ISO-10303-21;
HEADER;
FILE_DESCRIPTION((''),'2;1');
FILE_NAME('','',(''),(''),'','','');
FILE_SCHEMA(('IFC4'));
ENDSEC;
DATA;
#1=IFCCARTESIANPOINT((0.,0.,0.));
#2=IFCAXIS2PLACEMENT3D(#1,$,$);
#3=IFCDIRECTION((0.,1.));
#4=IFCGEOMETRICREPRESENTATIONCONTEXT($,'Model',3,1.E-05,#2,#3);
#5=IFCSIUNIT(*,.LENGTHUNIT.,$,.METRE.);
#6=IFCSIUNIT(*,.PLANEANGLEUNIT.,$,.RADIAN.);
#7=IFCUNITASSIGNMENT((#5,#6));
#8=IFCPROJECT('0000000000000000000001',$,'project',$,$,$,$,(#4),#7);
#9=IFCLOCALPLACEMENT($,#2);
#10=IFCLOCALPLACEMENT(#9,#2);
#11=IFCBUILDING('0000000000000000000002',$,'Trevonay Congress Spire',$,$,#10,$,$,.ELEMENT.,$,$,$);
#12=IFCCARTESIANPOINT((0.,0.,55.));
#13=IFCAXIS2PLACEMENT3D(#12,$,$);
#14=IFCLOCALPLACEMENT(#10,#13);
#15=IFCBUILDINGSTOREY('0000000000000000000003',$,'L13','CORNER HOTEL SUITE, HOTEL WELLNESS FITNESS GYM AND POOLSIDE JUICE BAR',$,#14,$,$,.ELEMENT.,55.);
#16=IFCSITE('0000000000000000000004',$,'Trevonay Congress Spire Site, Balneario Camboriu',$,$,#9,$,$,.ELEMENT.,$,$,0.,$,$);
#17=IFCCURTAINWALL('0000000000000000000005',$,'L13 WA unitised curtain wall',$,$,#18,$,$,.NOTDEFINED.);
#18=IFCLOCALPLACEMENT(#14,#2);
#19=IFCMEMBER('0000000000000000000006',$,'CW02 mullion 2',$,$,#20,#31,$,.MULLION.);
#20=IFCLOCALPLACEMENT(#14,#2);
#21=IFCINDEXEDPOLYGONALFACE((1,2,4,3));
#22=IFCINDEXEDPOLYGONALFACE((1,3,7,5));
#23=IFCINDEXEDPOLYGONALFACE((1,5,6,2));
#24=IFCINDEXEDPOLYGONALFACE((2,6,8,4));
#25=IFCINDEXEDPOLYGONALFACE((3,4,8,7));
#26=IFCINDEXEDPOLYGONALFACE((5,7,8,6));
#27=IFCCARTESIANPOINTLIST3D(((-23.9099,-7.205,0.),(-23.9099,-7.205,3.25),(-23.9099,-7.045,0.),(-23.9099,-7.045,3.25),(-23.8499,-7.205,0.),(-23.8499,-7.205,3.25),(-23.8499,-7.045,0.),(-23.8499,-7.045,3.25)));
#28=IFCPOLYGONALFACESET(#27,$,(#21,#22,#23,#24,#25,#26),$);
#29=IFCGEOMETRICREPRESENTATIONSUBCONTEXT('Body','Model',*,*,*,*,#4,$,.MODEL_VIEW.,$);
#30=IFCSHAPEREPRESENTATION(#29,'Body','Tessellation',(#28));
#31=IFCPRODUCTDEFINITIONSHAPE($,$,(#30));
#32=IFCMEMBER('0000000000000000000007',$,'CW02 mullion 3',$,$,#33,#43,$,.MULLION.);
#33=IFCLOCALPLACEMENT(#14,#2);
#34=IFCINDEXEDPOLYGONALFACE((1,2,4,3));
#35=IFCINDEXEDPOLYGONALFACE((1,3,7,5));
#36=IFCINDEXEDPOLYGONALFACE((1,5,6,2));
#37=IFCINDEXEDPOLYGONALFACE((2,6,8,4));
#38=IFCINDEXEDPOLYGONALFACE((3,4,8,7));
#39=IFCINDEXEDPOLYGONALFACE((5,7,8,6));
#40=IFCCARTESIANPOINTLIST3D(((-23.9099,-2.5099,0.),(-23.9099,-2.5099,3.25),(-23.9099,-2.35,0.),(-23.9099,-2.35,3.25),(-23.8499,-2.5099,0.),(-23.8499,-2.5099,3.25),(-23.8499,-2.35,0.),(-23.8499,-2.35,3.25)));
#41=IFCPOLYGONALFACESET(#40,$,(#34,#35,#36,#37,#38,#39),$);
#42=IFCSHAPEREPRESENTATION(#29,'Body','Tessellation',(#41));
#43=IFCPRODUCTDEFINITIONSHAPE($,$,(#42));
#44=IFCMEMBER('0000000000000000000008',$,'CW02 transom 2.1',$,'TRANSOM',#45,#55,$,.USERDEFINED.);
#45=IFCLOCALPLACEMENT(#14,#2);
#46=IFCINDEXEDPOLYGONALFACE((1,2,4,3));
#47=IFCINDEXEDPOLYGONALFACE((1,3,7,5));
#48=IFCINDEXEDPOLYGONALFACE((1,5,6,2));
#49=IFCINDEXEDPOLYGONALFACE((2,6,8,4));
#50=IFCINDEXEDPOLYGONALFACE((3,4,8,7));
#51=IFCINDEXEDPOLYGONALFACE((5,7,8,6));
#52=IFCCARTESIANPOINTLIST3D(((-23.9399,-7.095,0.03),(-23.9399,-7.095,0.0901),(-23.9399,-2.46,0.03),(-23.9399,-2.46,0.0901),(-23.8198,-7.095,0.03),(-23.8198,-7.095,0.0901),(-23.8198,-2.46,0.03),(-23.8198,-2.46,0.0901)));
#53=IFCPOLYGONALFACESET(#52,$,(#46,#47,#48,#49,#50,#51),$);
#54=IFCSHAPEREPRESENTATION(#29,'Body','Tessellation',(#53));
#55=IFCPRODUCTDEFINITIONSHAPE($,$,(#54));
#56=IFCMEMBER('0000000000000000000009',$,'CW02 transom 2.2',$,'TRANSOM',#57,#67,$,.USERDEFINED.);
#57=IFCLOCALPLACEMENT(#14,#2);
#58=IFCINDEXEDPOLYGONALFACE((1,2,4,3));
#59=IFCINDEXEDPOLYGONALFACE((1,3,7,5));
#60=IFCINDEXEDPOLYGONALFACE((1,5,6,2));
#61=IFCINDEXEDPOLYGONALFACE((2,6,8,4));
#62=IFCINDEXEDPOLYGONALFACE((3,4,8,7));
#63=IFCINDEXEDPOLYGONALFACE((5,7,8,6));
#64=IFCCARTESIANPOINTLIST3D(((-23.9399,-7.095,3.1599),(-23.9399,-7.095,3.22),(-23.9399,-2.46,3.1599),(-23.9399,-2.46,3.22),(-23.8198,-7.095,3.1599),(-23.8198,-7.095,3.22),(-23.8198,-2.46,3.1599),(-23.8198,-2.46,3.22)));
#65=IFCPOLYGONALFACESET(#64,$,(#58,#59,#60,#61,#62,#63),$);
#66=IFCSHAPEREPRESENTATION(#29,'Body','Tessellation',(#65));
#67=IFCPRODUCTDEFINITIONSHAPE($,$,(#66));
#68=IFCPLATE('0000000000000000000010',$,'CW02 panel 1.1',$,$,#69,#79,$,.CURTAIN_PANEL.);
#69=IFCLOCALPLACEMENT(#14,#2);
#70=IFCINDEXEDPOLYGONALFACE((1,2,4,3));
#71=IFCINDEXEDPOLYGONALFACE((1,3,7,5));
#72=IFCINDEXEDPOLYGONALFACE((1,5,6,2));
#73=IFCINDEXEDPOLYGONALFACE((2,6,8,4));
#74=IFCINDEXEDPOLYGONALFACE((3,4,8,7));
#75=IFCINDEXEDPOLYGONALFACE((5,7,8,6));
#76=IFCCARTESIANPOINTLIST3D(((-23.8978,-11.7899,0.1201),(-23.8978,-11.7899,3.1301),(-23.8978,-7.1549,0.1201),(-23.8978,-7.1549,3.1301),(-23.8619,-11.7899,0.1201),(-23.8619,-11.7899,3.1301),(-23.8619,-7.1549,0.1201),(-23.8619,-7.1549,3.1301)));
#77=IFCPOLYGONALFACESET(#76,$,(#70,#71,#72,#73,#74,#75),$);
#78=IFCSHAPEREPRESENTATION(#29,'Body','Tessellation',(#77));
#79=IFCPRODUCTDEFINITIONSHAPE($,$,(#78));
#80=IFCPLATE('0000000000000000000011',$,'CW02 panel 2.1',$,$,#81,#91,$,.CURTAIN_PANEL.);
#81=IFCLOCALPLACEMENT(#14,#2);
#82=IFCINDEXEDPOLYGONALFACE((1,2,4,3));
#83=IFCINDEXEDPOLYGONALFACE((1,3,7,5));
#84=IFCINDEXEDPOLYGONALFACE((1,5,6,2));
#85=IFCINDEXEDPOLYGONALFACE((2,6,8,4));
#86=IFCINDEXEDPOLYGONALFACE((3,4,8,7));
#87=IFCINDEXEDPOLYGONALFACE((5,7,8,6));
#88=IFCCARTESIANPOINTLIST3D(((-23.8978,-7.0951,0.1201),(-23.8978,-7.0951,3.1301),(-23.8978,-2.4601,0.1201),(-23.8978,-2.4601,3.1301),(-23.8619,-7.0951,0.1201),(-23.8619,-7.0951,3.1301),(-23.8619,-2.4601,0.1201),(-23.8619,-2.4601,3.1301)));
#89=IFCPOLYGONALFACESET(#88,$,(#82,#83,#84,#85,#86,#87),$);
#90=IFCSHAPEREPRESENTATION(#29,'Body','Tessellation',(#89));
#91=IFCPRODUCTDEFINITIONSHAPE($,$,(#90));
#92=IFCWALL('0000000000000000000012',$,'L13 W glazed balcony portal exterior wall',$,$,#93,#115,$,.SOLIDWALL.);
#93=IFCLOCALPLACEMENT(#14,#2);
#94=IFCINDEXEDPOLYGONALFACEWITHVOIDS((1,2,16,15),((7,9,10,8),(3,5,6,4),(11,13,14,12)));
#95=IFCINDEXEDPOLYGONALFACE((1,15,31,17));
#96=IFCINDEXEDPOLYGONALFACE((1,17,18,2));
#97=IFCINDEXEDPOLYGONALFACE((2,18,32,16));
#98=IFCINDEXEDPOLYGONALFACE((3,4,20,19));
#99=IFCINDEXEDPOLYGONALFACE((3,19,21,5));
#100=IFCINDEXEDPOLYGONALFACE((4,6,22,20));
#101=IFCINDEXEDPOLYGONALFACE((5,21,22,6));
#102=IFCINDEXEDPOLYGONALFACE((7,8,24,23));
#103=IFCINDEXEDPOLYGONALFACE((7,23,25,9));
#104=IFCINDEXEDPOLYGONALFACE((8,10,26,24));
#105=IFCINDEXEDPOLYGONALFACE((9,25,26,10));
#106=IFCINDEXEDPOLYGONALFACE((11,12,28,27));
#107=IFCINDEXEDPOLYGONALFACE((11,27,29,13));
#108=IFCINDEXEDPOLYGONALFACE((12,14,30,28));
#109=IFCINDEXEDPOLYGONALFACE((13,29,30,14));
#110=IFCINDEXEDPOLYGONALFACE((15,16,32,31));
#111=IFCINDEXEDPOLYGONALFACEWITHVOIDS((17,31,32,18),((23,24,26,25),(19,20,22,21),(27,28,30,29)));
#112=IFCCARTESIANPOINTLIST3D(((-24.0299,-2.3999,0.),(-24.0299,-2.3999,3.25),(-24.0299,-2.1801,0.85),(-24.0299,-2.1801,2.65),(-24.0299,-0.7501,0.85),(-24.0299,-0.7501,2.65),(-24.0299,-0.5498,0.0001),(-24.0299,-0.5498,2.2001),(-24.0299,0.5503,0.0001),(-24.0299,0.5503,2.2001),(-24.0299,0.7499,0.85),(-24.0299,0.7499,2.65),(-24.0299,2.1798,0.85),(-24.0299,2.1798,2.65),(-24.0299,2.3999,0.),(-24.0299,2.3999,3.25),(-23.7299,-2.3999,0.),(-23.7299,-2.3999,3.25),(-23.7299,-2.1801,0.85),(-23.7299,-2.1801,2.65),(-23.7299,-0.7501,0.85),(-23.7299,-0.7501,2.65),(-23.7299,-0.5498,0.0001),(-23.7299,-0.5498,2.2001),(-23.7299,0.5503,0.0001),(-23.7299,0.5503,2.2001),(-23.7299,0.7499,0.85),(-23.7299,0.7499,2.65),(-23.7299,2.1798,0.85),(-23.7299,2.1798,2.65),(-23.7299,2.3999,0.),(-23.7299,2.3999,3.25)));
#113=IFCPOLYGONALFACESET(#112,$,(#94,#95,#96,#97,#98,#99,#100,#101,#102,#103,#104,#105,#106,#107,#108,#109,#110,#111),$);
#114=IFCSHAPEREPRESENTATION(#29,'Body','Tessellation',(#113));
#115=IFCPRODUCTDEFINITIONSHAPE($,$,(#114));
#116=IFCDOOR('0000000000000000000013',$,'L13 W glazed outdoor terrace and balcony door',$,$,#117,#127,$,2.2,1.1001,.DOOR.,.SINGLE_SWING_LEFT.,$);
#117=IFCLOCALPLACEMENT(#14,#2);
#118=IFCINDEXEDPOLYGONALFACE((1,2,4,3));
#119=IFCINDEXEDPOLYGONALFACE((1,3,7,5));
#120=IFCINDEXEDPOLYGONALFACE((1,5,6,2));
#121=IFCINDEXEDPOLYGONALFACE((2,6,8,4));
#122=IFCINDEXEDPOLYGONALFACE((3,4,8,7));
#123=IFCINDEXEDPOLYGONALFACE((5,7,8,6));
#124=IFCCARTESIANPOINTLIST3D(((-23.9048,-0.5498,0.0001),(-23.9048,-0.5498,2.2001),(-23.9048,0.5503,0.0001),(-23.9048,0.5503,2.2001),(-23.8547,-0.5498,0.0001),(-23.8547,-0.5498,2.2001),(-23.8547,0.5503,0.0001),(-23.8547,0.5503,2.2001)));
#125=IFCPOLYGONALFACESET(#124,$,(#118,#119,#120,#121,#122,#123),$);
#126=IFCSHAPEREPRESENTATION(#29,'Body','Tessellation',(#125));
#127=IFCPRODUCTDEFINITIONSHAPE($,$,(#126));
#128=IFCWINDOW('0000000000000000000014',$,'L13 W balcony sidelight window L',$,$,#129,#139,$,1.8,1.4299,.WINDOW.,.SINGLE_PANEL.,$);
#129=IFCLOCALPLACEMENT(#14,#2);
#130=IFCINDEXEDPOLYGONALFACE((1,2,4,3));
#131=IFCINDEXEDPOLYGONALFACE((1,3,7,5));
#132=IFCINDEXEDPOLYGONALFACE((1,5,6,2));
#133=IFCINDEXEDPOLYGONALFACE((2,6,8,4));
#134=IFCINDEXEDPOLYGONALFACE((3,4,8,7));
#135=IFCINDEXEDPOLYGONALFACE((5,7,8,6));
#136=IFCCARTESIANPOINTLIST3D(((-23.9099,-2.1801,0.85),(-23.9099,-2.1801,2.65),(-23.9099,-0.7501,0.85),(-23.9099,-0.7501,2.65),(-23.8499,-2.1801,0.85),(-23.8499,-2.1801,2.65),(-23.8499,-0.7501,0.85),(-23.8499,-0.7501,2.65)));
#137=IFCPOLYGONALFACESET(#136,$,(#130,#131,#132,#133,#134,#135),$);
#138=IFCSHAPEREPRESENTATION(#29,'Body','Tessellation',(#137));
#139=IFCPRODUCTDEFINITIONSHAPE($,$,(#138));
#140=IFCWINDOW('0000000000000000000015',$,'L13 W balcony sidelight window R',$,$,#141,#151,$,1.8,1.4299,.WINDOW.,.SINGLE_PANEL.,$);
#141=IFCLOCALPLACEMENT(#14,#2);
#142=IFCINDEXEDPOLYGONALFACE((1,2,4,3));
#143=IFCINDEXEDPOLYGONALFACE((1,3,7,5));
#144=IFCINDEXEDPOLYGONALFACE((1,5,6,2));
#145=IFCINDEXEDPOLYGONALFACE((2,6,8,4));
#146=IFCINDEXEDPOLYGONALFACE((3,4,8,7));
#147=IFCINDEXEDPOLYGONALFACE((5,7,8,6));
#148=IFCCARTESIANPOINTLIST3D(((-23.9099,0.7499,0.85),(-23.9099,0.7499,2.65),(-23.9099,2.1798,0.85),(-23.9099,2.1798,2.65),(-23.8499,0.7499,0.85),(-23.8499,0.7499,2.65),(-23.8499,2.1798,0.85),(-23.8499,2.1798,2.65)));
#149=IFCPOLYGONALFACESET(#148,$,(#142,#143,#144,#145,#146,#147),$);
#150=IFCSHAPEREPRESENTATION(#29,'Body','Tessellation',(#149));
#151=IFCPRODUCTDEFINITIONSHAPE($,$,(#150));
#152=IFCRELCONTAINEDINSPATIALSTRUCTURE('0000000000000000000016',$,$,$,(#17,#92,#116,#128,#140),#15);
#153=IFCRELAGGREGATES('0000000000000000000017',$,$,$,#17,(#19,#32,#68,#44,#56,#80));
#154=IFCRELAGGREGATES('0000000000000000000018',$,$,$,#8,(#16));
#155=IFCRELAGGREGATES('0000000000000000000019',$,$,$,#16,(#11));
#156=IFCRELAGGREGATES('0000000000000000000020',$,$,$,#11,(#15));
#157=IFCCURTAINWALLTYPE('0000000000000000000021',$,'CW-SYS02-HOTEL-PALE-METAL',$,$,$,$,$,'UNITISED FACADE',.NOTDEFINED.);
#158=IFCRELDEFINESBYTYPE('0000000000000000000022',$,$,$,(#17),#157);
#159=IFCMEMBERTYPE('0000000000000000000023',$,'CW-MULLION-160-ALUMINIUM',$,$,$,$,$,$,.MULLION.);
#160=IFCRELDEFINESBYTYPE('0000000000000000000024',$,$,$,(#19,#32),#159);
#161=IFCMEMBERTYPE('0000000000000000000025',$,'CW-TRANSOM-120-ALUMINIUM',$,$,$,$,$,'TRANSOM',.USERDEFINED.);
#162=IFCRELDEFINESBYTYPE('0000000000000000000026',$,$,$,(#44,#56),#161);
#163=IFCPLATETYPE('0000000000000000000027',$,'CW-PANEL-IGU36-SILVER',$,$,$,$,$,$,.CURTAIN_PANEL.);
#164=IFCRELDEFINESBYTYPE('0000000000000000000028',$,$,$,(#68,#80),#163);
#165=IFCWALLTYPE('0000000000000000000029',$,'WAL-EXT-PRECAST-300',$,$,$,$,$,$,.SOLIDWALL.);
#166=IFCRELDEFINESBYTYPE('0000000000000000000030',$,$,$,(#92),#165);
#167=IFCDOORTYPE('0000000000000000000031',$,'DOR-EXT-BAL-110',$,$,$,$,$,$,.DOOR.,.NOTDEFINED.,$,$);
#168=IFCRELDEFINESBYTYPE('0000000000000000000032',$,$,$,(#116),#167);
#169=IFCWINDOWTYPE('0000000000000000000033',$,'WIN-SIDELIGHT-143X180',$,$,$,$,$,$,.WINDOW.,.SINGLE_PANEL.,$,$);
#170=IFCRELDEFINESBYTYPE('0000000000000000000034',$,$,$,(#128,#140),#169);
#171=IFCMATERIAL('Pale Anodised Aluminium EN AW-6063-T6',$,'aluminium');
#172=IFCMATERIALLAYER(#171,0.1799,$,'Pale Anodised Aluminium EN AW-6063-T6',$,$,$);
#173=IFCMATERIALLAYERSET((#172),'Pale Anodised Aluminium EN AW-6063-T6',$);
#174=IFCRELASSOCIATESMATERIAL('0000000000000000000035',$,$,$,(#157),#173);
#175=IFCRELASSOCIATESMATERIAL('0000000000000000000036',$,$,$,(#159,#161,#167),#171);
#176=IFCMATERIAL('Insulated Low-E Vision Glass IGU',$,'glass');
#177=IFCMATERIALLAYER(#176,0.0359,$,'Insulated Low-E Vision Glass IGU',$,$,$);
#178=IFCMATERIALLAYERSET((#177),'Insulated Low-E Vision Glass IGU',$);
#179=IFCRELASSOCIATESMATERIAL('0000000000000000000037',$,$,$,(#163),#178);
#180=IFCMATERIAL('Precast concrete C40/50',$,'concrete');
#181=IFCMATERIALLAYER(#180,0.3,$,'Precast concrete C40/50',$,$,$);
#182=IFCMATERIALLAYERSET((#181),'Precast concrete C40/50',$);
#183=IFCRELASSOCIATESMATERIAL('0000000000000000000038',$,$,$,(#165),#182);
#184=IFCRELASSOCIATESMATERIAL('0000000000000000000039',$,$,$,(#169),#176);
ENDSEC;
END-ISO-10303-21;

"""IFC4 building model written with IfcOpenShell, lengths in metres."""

from ifc_helpers import new_model, si_unit, direction, frame, frame_2d, origin, origin_2d, place, context, subcontext, project, spatial, rectangle, extrude, material, layer, layer_set, material_profile, profile_set, type_object, element, fill, aggregate, save


model = new_model("IFC4")

# Units and contexts
model_context = context("Model", 3, precision=1e-05, world=origin(), true_north=direction((0.0, 1.0)))
body_context = subcontext(model_context, "Body", "Model", "MODEL_VIEW")
ifc_project = project(units=[si_unit("LENGTHUNIT", "METRE"), si_unit("PLANEANGLEUNIT", "RADIAN")], contexts=[model_context])

# Site, building, storey
site_placement = place(None, origin())
site = spatial("IfcSite", under=ifc_project, at=site_placement, Name="Trevonay Congress Spire Site, Balneario Camboriu", CompositionType="ELEMENT", RefElevation=0.0)
building_placement = place(site_placement, origin())
building = spatial("IfcBuilding", under=site, at=building_placement, Name="Trevonay Congress Spire", CompositionType="ELEMENT")
storey_placement = place(building_placement, frame((0.0, 0.0, 55.0)))
storey = spatial("IfcBuildingStorey", under=building, at=storey_placement, Name="L13", Description="CORNER HOTEL SUITE, HOTEL WELLNESS FITNESS GYM AND POOLSIDE JUICE BAR", CompositionType="ELEMENT", Elevation=55.0)

# Curtain wall, members, plates
ifc_material_1 = material(Name="Pale Anodised Aluminium EN AW-6063-T6", Category="aluminium")
ifc_layer_1 = layer(ifc_material_1, 0.1799, Name="Pale Anodised Aluminium EN AW-6063-T6")
ifc_layer_set_1 = layer_set([ifc_layer_1], Name="Pale Anodised Aluminium EN AW-6063-T6")
curtain_wall_type = type_object("IfcCurtainWallType", Name="CW-SYS02-HOTEL-PALE-METAL", ElementType="UNITISED FACADE", PredefinedType="NOTDEFINED", material=ifc_layer_set_1)
curtain_wall_placement = place(storey_placement, origin())
curtain_wall = element("IfcCurtainWall", 1, at=curtain_wall_placement, inside=storey, type_object=curtain_wall_type, Name="L13 WA unitised curtain wall", PredefinedType="NOTDEFINED")
ifc_material_profile_1 = material_profile(ifc_material_1, rectangle(XDim=0.0601, YDim=0.1599, at=origin_2d()), Name="CW-MULLION-160-ALUMINIUM")
ifc_profile_set_1 = profile_set([ifc_material_profile_1], Name="Pale Anodised Aluminium EN AW-6063-T6")
member_type_1 = type_object("IfcMemberType", Name="CW-MULLION-160-ALUMINIUM", PredefinedType="MULLION", material=ifc_profile_set_1)
member_1_placement = place(storey_placement, frame((-23.8799, -7.125, 0.0), z_axis=(0.0, 0.0, 1.0), x_axis=(-1.0, 0.0, 0.0)))
member_1 = element("IfcMember", 2, at=member_1_placement, type_object=member_type_1, Name="CW02 mullion 2", PredefinedType="MULLION", context=body_context, shape_type="SweptSolid", body=[
    extrude(rectangle(XDim=0.0601, YDim=0.1599, at=origin_2d()), origin(), (0.0, 0.0, 1.0), 3.25),
])
member_2_placement = place(storey_placement, frame((-23.8799, -2.4299, 0.0), z_axis=(0.0, 0.0, 1.0), x_axis=(-1.0, 0.0, 0.0)))
member_2 = element("IfcMember", 3, at=member_2_placement, type_object=member_type_1, Name="CW02 mullion 3", PredefinedType="MULLION", context=body_context, shape_type="SweptSolid", body=[
    extrude(rectangle(XDim=0.0601, YDim=0.1599, at=origin_2d()), origin(), (0.0, 0.0, 1.0), 3.25),
])
ifc_material_profile_2 = material_profile(ifc_material_1, rectangle(XDim=0.1201, YDim=0.0601, at=origin_2d()), Name="CW-TRANSOM-120-ALUMINIUM")
ifc_profile_set_2 = profile_set([ifc_material_profile_2], Name="Pale Anodised Aluminium EN AW-6063-T6")
member_type_2 = type_object("IfcMemberType", Name="CW-TRANSOM-120-ALUMINIUM", ElementType="TRANSOM", PredefinedType="USERDEFINED", material=ifc_profile_set_2)
member_3_placement = place(storey_placement, frame((-23.8799, -7.095, 0.0601), z_axis=(0.0, 1.0, 0.0), x_axis=(-1.0, 0.0, 0.0)))
member_3 = element("IfcMember", 4, at=member_3_placement, type_object=member_type_2, Name="CW02 transom 2.1", ObjectType="TRANSOM", PredefinedType="USERDEFINED", context=body_context, shape_type="SweptSolid", body=[
    extrude(rectangle(XDim=0.1201, YDim=0.0601, at=origin_2d()), origin(), (0.0, 0.0, 1.0), 4.635),
])
member_4_placement = place(storey_placement, frame((-23.8799, -7.095, 3.1899), z_axis=(0.0, 1.0, 0.0), x_axis=(-1.0, 0.0, 0.0)))
member_4 = element("IfcMember", 5, at=member_4_placement, type_object=member_type_2, Name="CW02 transom 2.2", ObjectType="TRANSOM", PredefinedType="USERDEFINED", context=body_context, shape_type="SweptSolid", body=[
    extrude(rectangle(XDim=0.1201, YDim=0.0601, at=origin_2d()), origin(), (0.0, 0.0, 1.0), 4.635),
])
ifc_material_2 = material(Name="Insulated Low-E Vision Glass IGU", Category="glass")
ifc_layer_2 = layer(ifc_material_2, 0.0359, Name="Insulated Low-E Vision Glass IGU")
ifc_layer_set_2 = layer_set([ifc_layer_2], Name="Insulated Low-E Vision Glass IGU")
plate_type = type_object("IfcPlateType", Name="CW-PANEL-IGU36-SILVER", PredefinedType="CURTAIN_PANEL", material=ifc_layer_set_2)
plate_1_placement = place(storey_placement, frame((-23.8799, -9.4724, 0.1201), z_axis=(0.0, 0.0, 1.0), x_axis=(0.0, 1.0, 0.0)))
plate_1 = element("IfcPlate", 6, at=plate_1_placement, type_object=plate_type, Name="CW02 panel 1.1", PredefinedType="CURTAIN_PANEL", context=body_context, shape_type="SweptSolid", body=[
    extrude(rectangle(XDim=4.635, YDim=0.0359, at=origin_2d()), origin(), (0.0, 0.0, 1.0), 3.01),
])
plate_2_placement = place(storey_placement, frame((-23.8799, -4.7776, 0.1201), z_axis=(0.0, 0.0, 1.0), x_axis=(0.0, 1.0, 0.0)))
plate_2 = element("IfcPlate", 7, at=plate_2_placement, type_object=plate_type, Name="CW02 panel 2.1", PredefinedType="CURTAIN_PANEL", context=body_context, shape_type="SweptSolid", body=[
    extrude(rectangle(XDim=4.635, YDim=0.0359, at=origin_2d()), origin(), (0.0, 0.0, 1.0), 3.01),
])
aggregate(curtain_wall, [member_1, member_2, plate_1, member_3, member_4, plate_2])

# Wall, openings, door, windows
ifc_material_3 = material(Name="Precast concrete C40/50", Category="concrete")
ifc_layer_3 = layer(ifc_material_3, 0.3, Name="Precast concrete C40/50")
ifc_layer_set_3 = layer_set([ifc_layer_3], Name="Precast concrete C40/50")
wall_type = type_object("IfcWallType", Name="WAL-EXT-PRECAST-300", PredefinedType="SOLIDWALL", material=ifc_layer_set_3)
wall_placement = place(storey_placement, frame((-23.8799, -2.3999, 0.0), z_axis=(0.0, 0.0, 1.0), x_axis=(0.0, 1.0, 0.0)))
wall = element("IfcWall", 8, at=wall_placement, inside=storey, type_object=wall_type, Name="L13 W glazed balcony portal exterior wall", PredefinedType="SOLIDWALL", context=body_context, shape_type="SweptSolid", body=[
    extrude(rectangle(XDim=4.7998, YDim=0.3, at=frame_2d((2.3999, 0.0))), origin(), (0.0, 0.0, 1.0), 3.25),
])
opening_1_placement = place(wall_placement, frame((1.8501, 0.0, 0.0)))
opening_1 = element("IfcOpeningElement", 9, at=opening_1_placement, cuts=wall, PredefinedType="OPENING", context=body_context, shape_type="SweptSolid", body=[
    extrude(rectangle(XDim=1.1001, YDim=2.2, at=frame_2d((0.55, 1.1001))), frame((0.0, 0.1602, 0.0), z_axis=(0.0, -1.0, 0.0), x_axis=(1.0, 0.0, 0.0)), (0.0, 0.0, 1.0), 0.3201),
])
opening_2_placement = place(wall_placement, frame((0.22, 0.0, 0.8501)))
opening_2 = element("IfcOpeningElement", 10, at=opening_2_placement, cuts=wall, PredefinedType="OPENING", context=body_context, shape_type="SweptSolid", body=[
    extrude(rectangle(XDim=1.4299, YDim=1.8, at=frame_2d((0.7148, 0.8999))), frame((0.0, 0.1602, 0.0), z_axis=(0.0, -1.0, 0.0), x_axis=(1.0, 0.0, 0.0)), (0.0, 0.0, 1.0), 0.3201),
])
opening_3_placement = place(wall_placement, frame((3.1499, 0.0, 0.8501)))
opening_3 = element("IfcOpeningElement", 11, at=opening_3_placement, cuts=wall, PredefinedType="OPENING", context=body_context, shape_type="SweptSolid", body=[
    extrude(rectangle(XDim=1.4299, YDim=1.8, at=frame_2d((0.7148, 0.8999))), frame((0.0, 0.1602, 0.0), z_axis=(0.0, -1.0, 0.0), x_axis=(1.0, 0.0, 0.0)), (0.0, 0.0, 1.0), 0.3201),
])
door_type = type_object("IfcDoorType", Name="DOR-EXT-BAL-110", OperationType="NOTDEFINED", PredefinedType="DOOR", material=ifc_material_1)
door_placement = place(opening_1_placement, origin())
door = element("IfcDoor", 12, at=door_placement, inside=storey, type_object=door_type, Name="L13 W glazed outdoor terrace and balcony door", OperationType="SINGLE_SWING_LEFT", OverallHeight=2.2, OverallWidth=1.1001, PredefinedType="DOOR", context=body_context, shape_type="SweptSolid", body=[
    extrude(rectangle(XDim=1.1001, YDim=2.2, at=frame_2d((0.55, 1.1001))), frame((0.0, 0.0249, 0.0), z_axis=(0.0, -1.0, 0.0), x_axis=(1.0, 0.0, 0.0)), (0.0, 0.0, 1.0), 0.05),
])
fill(opening_1, door)
window_type = type_object("IfcWindowType", Name="WIN-SIDELIGHT-143X180", PartitioningType="SINGLE_PANEL", PredefinedType="WINDOW", material=ifc_material_2)
window_1_placement = place(opening_2_placement, origin())
window_1 = element("IfcWindow", 13, at=window_1_placement, inside=storey, type_object=window_type, Name="L13 W balcony sidelight window L", OverallHeight=1.8, OverallWidth=1.4299, PartitioningType="SINGLE_PANEL", PredefinedType="WINDOW", context=body_context, shape_type="SweptSolid", body=[
    extrude(rectangle(XDim=1.4299, YDim=1.8, at=frame_2d((0.7148, 0.8999))), frame((0.0, 0.03, 0.0), z_axis=(0.0, -1.0, 0.0), x_axis=(1.0, 0.0, 0.0)), (0.0, 0.0, 1.0), 0.0601),
])
fill(opening_2, window_1)
window_2_placement = place(opening_3_placement, origin())
window_2 = element("IfcWindow", 14, at=window_2_placement, inside=storey, type_object=window_type, Name="L13 W balcony sidelight window R", OverallHeight=1.8, OverallWidth=1.4299, PartitioningType="SINGLE_PANEL", PredefinedType="WINDOW", context=body_context, shape_type="SweptSolid", body=[
    extrude(rectangle(XDim=1.4299, YDim=1.8, at=frame_2d((0.7148, 0.8999))), frame((0.0, 0.03, 0.0), z_axis=(0.0, -1.0, 0.0), x_axis=(1.0, 0.0, 0.0)), (0.0, 0.0, 1.0), 0.0601),
])
fill(opening_3, window_2)

save(model, "model.ifc")
